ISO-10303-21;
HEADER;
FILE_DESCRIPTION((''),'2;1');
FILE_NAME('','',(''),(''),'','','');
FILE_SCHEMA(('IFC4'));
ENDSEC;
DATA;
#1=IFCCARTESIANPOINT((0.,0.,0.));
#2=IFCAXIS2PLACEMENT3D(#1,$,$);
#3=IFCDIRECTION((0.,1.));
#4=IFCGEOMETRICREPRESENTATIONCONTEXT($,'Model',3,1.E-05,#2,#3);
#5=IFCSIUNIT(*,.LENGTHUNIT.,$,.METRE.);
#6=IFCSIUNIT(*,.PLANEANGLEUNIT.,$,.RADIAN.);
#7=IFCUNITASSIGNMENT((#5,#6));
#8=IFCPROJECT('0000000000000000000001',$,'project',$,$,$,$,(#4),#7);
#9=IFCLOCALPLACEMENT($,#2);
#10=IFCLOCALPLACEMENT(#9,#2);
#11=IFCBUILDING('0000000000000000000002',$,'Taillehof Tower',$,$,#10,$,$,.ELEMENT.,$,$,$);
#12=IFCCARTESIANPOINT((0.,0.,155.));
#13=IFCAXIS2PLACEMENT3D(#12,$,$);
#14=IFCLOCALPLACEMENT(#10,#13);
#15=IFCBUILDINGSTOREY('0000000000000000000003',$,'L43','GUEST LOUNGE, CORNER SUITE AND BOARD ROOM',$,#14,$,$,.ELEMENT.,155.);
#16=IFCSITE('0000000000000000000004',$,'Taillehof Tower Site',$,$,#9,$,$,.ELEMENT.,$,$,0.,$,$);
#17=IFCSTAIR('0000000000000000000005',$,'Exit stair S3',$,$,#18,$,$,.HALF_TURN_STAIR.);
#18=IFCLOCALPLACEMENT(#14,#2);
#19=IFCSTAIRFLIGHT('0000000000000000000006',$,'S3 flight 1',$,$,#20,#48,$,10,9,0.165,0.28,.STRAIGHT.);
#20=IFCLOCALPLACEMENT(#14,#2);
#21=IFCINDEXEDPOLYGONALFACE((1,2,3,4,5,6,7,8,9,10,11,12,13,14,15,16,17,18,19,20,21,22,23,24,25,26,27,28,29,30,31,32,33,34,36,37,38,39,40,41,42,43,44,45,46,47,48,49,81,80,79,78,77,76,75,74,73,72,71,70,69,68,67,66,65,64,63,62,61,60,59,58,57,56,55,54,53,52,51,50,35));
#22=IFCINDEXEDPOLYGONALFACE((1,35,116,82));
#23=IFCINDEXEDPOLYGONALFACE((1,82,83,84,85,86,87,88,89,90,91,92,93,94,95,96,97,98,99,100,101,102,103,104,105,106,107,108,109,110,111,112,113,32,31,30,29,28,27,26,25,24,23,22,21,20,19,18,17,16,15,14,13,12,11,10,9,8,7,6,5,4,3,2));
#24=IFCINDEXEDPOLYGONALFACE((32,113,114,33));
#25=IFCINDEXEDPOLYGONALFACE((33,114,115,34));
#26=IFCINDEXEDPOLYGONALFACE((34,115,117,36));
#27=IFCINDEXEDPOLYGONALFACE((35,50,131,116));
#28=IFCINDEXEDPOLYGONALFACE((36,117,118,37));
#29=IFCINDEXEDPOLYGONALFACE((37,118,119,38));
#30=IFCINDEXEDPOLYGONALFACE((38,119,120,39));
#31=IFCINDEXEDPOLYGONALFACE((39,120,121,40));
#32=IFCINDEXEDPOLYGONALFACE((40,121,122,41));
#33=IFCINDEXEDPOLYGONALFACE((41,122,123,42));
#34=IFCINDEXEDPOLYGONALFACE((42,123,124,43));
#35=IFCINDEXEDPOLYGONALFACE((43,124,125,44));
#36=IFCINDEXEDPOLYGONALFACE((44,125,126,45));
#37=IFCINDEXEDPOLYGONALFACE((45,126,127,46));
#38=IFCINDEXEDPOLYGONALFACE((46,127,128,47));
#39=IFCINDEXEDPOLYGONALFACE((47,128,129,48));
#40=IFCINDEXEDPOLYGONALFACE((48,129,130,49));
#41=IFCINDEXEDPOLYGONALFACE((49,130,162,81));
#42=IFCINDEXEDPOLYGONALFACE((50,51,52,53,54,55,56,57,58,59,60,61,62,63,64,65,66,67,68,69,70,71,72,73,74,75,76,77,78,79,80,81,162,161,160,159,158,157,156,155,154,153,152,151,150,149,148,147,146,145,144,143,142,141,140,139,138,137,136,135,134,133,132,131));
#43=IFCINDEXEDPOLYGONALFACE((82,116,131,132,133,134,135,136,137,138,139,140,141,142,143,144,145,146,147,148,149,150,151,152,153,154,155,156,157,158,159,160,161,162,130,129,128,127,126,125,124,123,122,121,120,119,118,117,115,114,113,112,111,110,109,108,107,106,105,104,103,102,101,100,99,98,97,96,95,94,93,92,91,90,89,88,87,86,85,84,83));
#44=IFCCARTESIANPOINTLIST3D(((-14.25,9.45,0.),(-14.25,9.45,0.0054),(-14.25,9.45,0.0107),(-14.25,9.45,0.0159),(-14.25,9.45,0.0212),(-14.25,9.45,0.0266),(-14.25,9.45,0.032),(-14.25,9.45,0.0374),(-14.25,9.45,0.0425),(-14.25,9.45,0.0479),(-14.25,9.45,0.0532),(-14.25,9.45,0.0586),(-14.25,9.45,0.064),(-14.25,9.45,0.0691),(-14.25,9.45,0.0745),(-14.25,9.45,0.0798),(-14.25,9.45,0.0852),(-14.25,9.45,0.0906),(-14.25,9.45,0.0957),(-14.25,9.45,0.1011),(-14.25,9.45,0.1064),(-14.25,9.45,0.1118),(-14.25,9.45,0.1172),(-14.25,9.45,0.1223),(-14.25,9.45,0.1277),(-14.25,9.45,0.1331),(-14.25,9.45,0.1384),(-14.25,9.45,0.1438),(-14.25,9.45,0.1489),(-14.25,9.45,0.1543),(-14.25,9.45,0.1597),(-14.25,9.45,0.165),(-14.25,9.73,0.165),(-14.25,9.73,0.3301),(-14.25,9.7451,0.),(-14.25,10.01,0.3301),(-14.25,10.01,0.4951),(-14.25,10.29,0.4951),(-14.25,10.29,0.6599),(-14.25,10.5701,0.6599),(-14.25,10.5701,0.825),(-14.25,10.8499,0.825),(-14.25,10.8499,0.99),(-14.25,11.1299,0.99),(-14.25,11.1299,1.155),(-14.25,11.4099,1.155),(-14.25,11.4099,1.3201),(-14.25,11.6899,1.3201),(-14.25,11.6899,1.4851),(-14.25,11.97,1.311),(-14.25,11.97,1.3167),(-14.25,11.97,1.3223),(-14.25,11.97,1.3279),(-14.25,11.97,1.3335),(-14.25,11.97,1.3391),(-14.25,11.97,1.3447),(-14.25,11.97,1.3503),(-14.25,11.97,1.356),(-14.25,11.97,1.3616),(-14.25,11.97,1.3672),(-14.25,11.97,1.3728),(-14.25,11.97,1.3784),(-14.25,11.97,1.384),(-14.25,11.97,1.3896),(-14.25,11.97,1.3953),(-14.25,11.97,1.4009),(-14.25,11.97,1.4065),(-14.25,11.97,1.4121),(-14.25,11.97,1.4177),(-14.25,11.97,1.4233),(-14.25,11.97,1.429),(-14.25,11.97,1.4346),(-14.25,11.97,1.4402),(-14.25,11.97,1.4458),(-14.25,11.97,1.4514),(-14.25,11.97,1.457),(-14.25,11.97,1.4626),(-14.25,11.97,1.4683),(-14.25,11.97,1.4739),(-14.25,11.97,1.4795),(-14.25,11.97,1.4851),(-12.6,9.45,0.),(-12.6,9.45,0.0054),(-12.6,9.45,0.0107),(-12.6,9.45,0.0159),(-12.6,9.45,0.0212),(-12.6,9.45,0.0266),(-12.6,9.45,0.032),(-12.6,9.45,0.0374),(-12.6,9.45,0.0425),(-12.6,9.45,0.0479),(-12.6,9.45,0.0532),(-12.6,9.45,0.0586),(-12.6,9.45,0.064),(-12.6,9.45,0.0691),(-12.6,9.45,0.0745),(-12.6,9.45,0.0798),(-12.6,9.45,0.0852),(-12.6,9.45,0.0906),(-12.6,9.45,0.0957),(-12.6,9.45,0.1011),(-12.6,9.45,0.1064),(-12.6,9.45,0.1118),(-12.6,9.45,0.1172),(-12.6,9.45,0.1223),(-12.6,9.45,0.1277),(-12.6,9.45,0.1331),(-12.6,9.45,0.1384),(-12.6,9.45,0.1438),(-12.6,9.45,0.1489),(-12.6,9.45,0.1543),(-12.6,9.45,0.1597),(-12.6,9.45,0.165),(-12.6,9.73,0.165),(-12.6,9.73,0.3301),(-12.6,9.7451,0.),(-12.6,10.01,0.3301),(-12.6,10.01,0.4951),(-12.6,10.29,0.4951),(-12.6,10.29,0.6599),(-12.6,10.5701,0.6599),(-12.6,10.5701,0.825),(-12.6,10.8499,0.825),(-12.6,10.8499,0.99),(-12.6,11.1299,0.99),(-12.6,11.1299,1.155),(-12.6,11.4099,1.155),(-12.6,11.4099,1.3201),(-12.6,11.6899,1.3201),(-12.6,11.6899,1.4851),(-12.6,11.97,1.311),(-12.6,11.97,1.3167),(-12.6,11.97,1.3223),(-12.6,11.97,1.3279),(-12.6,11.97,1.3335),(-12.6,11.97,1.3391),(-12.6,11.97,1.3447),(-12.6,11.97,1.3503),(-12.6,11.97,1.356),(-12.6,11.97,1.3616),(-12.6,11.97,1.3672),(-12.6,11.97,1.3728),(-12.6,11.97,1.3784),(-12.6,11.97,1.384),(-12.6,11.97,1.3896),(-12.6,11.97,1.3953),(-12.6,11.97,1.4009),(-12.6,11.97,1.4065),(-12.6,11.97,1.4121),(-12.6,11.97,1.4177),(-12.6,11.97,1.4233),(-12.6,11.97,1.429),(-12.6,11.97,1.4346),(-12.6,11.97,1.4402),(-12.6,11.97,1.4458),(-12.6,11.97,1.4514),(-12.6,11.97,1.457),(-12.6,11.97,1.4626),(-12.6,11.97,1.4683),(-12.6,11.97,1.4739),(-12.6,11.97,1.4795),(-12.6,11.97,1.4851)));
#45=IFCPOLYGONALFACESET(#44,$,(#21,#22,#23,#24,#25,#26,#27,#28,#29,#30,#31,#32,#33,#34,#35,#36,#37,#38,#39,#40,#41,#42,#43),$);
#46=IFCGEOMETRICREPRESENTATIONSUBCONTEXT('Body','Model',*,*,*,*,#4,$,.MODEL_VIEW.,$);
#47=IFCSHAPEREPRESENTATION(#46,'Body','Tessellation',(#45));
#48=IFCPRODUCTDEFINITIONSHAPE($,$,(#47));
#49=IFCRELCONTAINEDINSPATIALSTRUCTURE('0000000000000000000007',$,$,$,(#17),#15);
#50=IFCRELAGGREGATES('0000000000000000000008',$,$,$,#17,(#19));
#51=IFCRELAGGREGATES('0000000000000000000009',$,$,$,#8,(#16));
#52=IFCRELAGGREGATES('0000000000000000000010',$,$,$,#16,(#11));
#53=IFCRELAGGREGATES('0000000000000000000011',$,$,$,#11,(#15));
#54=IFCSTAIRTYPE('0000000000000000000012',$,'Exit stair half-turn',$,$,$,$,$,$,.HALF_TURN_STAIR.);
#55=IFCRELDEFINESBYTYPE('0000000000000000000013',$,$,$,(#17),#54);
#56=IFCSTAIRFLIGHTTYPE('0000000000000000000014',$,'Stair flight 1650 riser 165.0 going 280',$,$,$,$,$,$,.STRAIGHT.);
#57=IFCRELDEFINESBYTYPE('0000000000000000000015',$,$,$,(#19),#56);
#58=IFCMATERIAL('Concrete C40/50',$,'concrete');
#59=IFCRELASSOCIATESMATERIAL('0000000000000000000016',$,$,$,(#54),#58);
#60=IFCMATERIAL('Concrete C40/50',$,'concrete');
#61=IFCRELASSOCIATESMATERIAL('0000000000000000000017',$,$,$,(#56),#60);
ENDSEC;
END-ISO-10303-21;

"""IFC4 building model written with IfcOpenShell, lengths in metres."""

from ifc_helpers import new_model, si_unit, direction, frame, origin, place, context, subcontext, project, spatial, polyline, outline, extrude, material, type_object, element, aggregate, save


model = new_model("IFC4")

# Units and contexts
model_context = context("Model", 3, precision=1e-05, world=origin(), true_north=direction((0.0, 1.0)))
body_context = subcontext(model_context, "Body", "Model", "MODEL_VIEW")
ifc_project = project(units=[si_unit("LENGTHUNIT", "METRE"), si_unit("PLANEANGLEUNIT", "RADIAN")], contexts=[model_context])

# Site, building, storey
site_placement = place(None, origin())
site = spatial("IfcSite", under=ifc_project, at=site_placement, Name="Taillehof Tower Site", CompositionType="ELEMENT", RefElevation=0.0)
building_placement = place(site_placement, origin())
building = spatial("IfcBuilding", under=site, at=building_placement, Name="Taillehof Tower", CompositionType="ELEMENT")
storey_placement = place(building_placement, frame((0.0, 0.0, 155.0)))
storey = spatial("IfcBuildingStorey", under=building, at=storey_placement, Name="L43", Description="GUEST LOUNGE, CORNER SUITE AND BOARD ROOM", CompositionType="ELEMENT", Elevation=155.0)

# Stair, stair flight
ifc_material_1 = material(Name="Concrete C40/50", Category="concrete")
stair_type = type_object("IfcStairType", Name="Exit stair half-turn", PredefinedType="HALF_TURN_STAIR", material=ifc_material_1)
stair_placement = place(storey_placement, origin())
stair = element("IfcStair", 1, at=stair_placement, inside=storey, type_object=stair_type, Name="Exit stair S3", PredefinedType="HALF_TURN_STAIR")
ifc_material_2 = material(Name="Concrete C40/50", Category="concrete")
stair_flight_type = type_object("IfcStairFlightType", Name="Stair flight 1650 riser 165.0 going 280", PredefinedType="STRAIGHT", material=ifc_material_2)
stair_flight_placement = place(storey_placement, frame((-13.425, 9.45, 0.0), z_axis=(0.0, 0.0, 1.0), x_axis=(0.0, 1.0, 0.0)))
stair_flight = element("IfcStairFlight", 2, at=stair_flight_placement, type_object=stair_flight_type, Name="S3 flight 1", NumberOfRisers=10, NumberOfTreads=9, PredefinedType="STRAIGHT", RiserHeight=0.165, TreadLength=0.28, context=body_context, shape_type="SweptSolid", body=[
    extrude(outline(polyline([(0.0, 0.0), (0.0, 0.0054), (0.0, 0.0107), (0.0, 0.0159), (0.0, 0.0212), (0.0, 0.0266), (0.0, 0.032), (0.0, 0.0374), (0.0, 0.0425), (0.0, 0.0479), (0.0, 0.0532), (0.0, 0.0586), (0.0, 0.064), (0.0, 0.0691), (0.0, 0.0745), (0.0, 0.0798), (0.0, 0.0852), (0.0, 0.0906), (0.0, 0.0957), (0.0, 0.1011), (0.0, 0.1064), (0.0, 0.1118), (0.0, 0.1172), (0.0, 0.1223), (0.0, 0.1277), (0.0, 0.1331), (0.0, 0.1384), (0.0, 0.1438), (0.0, 0.1489), (0.0, 0.1543), (0.0, 0.1597), (0.0, 0.165), (0.28, 0.165), (0.28, 0.3301), (0.5601, 0.3301), (0.5601, 0.4951), (0.8401, 0.4951), (0.8401, 0.6599), (1.1201, 0.6599), (1.1201, 0.825), (1.3999, 0.825), (1.3999, 0.99), (1.6799, 0.99), (1.6799, 1.155), (1.96, 1.155), (1.96, 1.3201), (2.24, 1.3201), (2.24, 1.4851), (2.52, 1.4851), (2.52, 1.4795), (2.52, 1.4739), (2.52, 1.4683), (2.52, 1.4626), (2.52, 1.457), (2.52, 1.4514), (2.52, 1.4458), (2.52, 1.4402), (2.52, 1.4346), (2.52, 1.429), (2.52, 1.4233), (2.52, 1.4177), (2.52, 1.4121), (2.52, 1.4065), (2.52, 1.4009), (2.52, 1.3953), (2.52, 1.3896), (2.52, 1.384), (2.52, 1.3784), (2.52, 1.3728), (2.52, 1.3672), (2.52, 1.3616), (2.52, 1.356), (2.52, 1.3503), (2.52, 1.3447), (2.52, 1.3391), (2.52, 1.3335), (2.52, 1.3279), (2.52, 1.3223), (2.52, 1.3167), (2.52, 1.311), (0.2952, 0.0), (0.0, 0.0)])), frame((0.0, 0.825, 0.0), z_axis=(0.0, -1.0, 0.0), x_axis=(1.0, 0.0, 0.0)), (0.0, 0.0, 1.0), 1.65),
])
aggregate(stair, [stair_flight])

save(model, "model.ifc")
